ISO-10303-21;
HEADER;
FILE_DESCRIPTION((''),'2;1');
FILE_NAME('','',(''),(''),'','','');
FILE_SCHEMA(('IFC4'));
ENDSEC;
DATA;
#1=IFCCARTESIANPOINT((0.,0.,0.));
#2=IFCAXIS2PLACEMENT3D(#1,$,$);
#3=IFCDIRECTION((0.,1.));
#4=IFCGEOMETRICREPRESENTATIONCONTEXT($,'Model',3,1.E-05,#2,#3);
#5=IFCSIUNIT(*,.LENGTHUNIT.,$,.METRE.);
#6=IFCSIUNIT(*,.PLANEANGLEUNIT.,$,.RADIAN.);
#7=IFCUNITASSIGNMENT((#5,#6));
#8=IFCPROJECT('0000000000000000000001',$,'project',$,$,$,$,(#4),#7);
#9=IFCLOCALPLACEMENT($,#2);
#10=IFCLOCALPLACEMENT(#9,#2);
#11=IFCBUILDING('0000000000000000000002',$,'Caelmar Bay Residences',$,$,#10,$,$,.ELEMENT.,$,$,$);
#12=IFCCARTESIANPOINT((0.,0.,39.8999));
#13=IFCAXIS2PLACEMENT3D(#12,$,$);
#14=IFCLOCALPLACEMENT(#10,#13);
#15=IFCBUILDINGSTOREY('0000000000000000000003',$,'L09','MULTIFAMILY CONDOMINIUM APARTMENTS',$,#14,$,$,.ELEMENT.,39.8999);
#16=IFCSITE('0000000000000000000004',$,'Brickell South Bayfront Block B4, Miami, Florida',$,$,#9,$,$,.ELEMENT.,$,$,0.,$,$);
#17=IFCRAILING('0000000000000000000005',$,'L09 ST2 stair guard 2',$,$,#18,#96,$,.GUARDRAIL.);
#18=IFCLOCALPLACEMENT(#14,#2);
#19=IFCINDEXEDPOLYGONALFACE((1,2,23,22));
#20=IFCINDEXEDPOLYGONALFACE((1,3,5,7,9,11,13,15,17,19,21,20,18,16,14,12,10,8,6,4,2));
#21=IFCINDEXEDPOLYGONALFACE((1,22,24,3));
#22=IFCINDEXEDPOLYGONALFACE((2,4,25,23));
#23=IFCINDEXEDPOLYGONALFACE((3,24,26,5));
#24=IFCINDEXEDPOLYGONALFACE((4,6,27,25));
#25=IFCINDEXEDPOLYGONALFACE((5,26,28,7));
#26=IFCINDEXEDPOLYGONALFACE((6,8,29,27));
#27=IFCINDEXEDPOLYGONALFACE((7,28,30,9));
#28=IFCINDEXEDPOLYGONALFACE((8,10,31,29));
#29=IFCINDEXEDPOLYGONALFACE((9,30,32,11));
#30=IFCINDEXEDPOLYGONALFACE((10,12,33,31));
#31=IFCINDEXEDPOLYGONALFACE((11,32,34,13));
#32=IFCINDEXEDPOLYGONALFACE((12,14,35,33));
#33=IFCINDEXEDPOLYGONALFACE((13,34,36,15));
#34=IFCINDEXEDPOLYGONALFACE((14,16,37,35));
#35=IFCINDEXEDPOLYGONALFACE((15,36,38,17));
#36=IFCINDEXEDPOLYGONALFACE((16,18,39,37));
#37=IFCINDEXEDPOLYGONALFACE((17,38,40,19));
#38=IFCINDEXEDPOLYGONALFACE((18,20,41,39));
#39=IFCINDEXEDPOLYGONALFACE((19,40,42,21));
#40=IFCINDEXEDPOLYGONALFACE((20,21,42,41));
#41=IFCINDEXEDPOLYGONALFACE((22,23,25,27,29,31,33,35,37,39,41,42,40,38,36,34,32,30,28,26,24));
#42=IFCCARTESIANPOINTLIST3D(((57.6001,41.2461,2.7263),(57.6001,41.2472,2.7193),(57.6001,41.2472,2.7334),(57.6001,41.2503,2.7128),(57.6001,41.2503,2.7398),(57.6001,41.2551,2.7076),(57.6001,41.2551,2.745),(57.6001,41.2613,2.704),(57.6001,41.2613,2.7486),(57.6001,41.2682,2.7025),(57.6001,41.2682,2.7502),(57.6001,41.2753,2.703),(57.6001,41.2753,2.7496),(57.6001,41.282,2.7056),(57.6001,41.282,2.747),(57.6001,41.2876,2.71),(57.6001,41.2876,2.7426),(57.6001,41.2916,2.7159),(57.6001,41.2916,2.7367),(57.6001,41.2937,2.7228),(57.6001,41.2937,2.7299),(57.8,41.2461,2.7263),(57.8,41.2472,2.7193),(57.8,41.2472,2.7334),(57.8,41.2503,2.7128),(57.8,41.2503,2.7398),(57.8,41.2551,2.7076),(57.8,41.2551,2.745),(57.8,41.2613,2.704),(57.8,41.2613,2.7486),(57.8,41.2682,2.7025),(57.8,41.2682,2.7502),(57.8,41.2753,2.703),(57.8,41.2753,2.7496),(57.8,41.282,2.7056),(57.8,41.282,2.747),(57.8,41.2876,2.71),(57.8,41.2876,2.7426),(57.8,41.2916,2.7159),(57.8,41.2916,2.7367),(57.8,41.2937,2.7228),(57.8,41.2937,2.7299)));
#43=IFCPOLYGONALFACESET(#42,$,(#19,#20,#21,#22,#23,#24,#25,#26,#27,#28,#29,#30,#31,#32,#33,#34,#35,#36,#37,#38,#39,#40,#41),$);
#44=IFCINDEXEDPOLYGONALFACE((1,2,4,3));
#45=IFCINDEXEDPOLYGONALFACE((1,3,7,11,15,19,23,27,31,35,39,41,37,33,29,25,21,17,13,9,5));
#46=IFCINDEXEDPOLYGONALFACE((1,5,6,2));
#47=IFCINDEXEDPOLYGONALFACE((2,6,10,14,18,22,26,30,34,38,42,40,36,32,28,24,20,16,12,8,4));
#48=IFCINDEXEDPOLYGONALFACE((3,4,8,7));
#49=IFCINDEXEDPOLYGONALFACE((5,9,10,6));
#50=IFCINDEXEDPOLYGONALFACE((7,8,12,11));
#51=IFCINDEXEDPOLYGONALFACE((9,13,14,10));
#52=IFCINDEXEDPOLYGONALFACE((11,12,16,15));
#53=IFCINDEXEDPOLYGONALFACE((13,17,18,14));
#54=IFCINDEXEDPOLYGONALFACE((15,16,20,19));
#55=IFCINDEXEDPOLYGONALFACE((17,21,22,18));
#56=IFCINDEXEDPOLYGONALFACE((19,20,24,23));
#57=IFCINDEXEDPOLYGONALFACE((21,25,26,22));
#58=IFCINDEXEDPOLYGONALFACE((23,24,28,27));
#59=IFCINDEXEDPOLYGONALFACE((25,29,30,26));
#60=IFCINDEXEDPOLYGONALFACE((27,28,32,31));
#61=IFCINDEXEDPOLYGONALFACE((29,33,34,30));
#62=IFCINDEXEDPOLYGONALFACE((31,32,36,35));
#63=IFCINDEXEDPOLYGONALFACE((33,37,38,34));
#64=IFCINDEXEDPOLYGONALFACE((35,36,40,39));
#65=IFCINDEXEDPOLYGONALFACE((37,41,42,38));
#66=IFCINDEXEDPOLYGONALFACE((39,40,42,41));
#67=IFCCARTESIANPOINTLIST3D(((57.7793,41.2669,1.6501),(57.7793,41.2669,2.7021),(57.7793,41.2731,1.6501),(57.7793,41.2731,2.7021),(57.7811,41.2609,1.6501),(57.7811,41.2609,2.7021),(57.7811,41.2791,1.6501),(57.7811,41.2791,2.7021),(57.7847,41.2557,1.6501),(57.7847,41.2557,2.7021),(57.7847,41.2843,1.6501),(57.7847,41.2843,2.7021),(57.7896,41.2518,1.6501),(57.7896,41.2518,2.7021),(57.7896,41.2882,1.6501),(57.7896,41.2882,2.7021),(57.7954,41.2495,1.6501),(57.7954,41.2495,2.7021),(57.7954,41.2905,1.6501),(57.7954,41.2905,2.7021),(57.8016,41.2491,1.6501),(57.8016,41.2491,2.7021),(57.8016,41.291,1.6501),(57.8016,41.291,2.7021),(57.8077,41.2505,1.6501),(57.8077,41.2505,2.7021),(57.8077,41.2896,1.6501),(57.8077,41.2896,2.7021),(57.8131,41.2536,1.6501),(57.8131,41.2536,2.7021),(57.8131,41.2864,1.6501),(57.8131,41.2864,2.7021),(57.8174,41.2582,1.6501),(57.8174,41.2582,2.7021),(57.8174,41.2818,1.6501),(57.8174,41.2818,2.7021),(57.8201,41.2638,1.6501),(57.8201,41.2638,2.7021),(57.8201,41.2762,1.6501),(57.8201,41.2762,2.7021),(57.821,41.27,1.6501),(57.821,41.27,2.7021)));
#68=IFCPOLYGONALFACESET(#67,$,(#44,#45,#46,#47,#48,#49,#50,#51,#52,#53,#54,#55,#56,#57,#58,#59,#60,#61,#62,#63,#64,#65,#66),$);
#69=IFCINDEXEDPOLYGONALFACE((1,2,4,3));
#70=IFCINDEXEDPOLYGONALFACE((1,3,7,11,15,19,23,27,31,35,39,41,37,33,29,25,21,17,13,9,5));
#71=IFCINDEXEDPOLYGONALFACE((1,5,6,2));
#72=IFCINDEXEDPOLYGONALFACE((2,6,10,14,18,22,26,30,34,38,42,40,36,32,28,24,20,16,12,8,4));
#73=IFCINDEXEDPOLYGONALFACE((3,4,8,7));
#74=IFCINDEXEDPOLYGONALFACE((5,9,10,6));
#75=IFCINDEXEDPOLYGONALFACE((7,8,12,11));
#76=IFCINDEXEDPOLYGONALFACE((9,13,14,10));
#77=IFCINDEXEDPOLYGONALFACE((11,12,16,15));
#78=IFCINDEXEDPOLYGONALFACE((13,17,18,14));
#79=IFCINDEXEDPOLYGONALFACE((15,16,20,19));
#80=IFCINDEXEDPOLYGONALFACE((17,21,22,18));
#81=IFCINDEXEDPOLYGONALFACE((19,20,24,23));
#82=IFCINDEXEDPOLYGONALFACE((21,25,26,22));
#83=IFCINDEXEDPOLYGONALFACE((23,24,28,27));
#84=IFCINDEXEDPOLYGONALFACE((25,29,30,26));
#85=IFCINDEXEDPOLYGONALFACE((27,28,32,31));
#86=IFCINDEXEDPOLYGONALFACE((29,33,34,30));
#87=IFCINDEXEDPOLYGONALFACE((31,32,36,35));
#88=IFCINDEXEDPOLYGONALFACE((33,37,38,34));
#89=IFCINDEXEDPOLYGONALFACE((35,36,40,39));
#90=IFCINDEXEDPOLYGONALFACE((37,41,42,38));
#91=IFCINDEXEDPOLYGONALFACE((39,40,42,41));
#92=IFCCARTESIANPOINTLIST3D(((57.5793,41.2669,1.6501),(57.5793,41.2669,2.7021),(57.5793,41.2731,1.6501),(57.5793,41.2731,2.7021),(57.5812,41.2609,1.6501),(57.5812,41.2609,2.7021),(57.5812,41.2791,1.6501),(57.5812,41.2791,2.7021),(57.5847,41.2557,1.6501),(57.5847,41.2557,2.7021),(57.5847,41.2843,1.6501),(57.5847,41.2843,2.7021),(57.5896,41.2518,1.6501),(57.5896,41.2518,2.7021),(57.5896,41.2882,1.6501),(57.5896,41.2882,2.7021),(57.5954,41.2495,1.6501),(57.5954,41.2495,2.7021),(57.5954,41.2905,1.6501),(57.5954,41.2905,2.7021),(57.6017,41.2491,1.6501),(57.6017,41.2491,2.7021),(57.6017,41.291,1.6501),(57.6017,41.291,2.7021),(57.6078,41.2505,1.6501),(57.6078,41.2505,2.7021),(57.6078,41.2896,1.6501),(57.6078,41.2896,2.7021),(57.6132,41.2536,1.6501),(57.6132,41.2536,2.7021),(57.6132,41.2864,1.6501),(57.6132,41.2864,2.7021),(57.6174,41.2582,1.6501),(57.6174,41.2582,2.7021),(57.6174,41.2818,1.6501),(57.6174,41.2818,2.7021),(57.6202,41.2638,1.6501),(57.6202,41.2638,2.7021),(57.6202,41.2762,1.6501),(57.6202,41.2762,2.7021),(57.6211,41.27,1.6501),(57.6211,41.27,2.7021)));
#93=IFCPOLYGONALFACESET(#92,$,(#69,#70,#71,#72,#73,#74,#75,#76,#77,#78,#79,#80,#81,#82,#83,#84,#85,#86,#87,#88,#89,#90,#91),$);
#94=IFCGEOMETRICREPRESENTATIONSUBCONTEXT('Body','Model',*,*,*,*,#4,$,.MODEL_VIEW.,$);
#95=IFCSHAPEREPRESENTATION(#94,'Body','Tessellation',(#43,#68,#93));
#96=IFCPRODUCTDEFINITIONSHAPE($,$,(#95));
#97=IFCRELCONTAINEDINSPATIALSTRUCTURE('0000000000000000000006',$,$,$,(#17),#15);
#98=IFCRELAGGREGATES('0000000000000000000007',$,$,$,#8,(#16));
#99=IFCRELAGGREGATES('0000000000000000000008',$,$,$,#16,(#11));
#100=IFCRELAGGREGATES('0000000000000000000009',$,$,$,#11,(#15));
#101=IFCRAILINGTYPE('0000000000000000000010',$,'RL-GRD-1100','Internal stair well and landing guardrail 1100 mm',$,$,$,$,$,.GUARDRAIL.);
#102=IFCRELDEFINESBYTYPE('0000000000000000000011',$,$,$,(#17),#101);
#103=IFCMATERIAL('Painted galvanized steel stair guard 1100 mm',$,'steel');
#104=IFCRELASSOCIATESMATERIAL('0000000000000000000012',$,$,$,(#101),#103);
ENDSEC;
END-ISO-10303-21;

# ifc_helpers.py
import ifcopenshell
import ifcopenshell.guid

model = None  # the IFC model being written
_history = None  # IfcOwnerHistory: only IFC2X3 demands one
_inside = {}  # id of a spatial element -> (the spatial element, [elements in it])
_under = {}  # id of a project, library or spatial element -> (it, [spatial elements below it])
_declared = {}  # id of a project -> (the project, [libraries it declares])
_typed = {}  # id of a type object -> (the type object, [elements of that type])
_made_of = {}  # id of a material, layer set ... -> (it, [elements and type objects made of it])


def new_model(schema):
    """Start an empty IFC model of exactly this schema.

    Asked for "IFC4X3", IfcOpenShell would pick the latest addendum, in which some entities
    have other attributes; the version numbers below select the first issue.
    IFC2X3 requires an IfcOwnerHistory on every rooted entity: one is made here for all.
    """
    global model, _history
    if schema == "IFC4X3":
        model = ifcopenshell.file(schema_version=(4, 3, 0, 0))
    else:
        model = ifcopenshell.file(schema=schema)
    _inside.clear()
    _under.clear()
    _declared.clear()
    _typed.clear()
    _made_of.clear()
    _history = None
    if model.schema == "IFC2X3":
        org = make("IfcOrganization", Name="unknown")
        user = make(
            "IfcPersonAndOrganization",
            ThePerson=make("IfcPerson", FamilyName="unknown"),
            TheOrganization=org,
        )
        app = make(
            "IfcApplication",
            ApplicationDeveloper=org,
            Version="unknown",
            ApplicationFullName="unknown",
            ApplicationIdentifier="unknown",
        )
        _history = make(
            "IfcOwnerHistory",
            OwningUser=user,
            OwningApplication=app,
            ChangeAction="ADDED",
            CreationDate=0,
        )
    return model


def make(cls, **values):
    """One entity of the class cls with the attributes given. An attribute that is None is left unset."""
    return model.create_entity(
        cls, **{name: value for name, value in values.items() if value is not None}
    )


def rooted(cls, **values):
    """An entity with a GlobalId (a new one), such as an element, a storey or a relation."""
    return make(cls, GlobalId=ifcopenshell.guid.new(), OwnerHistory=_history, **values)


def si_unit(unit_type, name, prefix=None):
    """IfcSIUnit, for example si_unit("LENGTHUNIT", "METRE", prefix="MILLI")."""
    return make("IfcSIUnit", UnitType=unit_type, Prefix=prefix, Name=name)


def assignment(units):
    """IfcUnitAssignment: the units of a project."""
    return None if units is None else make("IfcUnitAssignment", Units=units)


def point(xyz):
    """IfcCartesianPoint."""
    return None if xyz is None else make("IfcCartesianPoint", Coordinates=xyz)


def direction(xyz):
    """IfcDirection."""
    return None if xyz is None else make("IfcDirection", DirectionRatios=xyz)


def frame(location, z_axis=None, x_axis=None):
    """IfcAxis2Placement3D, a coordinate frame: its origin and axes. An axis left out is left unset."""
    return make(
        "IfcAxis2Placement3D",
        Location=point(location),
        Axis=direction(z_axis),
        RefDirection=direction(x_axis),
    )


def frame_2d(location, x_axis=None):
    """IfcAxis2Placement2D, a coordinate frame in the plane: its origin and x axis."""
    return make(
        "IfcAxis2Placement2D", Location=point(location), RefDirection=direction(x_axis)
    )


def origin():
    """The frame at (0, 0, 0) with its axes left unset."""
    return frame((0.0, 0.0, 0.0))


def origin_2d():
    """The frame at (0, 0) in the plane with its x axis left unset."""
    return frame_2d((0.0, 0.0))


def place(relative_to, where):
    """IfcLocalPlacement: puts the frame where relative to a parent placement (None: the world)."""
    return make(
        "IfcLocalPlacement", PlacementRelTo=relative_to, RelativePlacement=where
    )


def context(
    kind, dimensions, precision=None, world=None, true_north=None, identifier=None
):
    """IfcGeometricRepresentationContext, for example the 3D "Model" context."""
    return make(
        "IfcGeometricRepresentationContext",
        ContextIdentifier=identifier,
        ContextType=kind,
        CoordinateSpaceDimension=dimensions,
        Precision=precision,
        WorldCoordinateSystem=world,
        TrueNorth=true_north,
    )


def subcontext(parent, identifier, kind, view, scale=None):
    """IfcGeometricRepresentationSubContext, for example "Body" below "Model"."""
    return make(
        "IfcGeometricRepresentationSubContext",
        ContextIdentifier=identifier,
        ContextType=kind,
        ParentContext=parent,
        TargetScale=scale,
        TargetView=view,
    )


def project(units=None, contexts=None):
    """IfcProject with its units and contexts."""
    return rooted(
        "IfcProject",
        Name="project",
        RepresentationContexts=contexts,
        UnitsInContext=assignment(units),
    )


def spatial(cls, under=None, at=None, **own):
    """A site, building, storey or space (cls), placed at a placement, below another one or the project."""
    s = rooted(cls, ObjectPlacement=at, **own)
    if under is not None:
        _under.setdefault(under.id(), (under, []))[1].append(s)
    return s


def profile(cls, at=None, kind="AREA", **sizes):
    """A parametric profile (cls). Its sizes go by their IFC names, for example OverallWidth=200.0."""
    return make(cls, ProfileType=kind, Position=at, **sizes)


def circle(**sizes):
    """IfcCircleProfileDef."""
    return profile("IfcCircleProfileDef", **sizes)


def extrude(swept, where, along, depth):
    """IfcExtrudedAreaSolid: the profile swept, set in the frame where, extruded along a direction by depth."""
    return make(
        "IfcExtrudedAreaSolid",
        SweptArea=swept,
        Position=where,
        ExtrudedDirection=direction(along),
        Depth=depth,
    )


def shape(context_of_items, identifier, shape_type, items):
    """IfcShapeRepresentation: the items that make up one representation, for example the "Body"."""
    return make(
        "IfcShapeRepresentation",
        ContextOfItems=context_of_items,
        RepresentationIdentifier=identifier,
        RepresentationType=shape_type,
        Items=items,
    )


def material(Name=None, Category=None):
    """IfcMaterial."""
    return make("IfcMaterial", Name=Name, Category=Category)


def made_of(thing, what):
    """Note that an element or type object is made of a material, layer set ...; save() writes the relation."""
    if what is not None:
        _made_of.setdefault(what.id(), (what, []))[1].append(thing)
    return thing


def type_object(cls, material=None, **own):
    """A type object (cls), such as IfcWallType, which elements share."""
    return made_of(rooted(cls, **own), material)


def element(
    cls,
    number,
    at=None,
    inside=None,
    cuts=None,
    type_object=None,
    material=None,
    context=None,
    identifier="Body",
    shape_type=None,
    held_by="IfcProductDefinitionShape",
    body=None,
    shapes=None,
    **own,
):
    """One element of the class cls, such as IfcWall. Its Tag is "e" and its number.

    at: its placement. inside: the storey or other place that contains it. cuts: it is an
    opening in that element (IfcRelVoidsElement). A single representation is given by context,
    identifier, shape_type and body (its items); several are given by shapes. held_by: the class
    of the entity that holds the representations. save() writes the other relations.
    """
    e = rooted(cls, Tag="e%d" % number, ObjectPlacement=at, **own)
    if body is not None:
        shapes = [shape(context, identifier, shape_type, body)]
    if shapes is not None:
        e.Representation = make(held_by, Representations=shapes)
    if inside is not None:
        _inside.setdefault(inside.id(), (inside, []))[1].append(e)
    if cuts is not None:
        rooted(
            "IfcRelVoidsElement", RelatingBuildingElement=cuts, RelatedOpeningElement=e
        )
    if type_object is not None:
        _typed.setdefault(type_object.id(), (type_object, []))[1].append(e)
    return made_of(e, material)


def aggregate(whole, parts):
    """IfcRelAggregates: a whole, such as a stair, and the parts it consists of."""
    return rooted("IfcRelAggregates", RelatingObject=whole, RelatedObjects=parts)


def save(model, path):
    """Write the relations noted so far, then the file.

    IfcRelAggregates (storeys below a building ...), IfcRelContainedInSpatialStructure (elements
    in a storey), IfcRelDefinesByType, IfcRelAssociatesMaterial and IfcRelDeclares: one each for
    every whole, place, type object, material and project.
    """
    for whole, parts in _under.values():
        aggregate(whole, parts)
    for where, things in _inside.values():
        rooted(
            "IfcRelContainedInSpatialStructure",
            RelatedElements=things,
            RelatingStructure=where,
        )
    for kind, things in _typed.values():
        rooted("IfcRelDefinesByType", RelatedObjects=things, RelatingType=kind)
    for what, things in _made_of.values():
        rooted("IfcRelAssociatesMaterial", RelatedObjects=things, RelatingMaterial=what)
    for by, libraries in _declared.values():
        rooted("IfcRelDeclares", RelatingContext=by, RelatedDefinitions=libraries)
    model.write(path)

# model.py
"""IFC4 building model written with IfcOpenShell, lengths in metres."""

from ifc_helpers import new_model, si_unit, direction, frame, origin, origin_2d, place, context, subcontext, project, spatial, circle, extrude, material, type_object, element, save


model = new_model("IFC4")

# Units and contexts
model_context = context("Model", 3, precision=1e-05, world=origin(), true_north=direction((0.0, 1.0)))
body_context = subcontext(model_context, "Body", "Model", "MODEL_VIEW")
ifc_project = project(units=[si_unit("LENGTHUNIT", "METRE"), si_unit("PLANEANGLEUNIT", "RADIAN")], contexts=[model_context])

# Site, building, storey
site_placement = place(None, origin())
site = spatial("IfcSite", under=ifc_project, at=site_placement, Name="Brickell South Bayfront Block B4, Miami, Florida", CompositionType="ELEMENT", RefElevation=0.0)
building_placement = place(site_placement, origin())
building = spatial("IfcBuilding", under=site, at=building_placement, Name="Caelmar Bay Residences", CompositionType="ELEMENT")
storey_placement = place(building_placement, frame((0.0, 0.0, 39.8999)))
storey = spatial("IfcBuildingStorey", under=building, at=storey_placement, Name="L09", Description="MULTIFAMILY CONDOMINIUM APARTMENTS", CompositionType="ELEMENT", Elevation=39.8999)

# Railing
ifc_material_1 = material(Name="Painted galvanized steel stair guard 1100 mm", Category="steel")
railing_type_1 = type_object("IfcRailingType", Name="RL-GRD-1100", Description="Internal stair well and landing guardrail 1100 mm", PredefinedType="GUARDRAIL", material=ifc_material_1)
railing_1_placement = place(storey_placement, frame((57.8, 41.27, 1.6501)))
element("IfcRailing", 1, at=railing_1_placement, inside=storey, type_object=railing_type_1, Name="L09 ST2 stair guard 2", PredefinedType="GUARDRAIL", context=body_context, shape_type="SweptSolid", body=[
    extrude(circle(Radius=0.0239, at=origin_2d()), frame((0.0, 0.0, 1.0762), z_axis=(-1.0, 0.0, 0.0), x_axis=(0.0, -1.0, 0.0)), (0.0, 0.0, 1.0), 0.2),
    extrude(circle(Radius=0.021, at=origin_2d()), origin(), (0.0, 0.0, 1.0), 1.052),
    extrude(circle(Radius=0.021, at=origin_2d()), frame((-0.2, 0.0, 0.0)), (0.0, 0.0, 1.0), 1.052),
])

save(model, "model.ifc")
